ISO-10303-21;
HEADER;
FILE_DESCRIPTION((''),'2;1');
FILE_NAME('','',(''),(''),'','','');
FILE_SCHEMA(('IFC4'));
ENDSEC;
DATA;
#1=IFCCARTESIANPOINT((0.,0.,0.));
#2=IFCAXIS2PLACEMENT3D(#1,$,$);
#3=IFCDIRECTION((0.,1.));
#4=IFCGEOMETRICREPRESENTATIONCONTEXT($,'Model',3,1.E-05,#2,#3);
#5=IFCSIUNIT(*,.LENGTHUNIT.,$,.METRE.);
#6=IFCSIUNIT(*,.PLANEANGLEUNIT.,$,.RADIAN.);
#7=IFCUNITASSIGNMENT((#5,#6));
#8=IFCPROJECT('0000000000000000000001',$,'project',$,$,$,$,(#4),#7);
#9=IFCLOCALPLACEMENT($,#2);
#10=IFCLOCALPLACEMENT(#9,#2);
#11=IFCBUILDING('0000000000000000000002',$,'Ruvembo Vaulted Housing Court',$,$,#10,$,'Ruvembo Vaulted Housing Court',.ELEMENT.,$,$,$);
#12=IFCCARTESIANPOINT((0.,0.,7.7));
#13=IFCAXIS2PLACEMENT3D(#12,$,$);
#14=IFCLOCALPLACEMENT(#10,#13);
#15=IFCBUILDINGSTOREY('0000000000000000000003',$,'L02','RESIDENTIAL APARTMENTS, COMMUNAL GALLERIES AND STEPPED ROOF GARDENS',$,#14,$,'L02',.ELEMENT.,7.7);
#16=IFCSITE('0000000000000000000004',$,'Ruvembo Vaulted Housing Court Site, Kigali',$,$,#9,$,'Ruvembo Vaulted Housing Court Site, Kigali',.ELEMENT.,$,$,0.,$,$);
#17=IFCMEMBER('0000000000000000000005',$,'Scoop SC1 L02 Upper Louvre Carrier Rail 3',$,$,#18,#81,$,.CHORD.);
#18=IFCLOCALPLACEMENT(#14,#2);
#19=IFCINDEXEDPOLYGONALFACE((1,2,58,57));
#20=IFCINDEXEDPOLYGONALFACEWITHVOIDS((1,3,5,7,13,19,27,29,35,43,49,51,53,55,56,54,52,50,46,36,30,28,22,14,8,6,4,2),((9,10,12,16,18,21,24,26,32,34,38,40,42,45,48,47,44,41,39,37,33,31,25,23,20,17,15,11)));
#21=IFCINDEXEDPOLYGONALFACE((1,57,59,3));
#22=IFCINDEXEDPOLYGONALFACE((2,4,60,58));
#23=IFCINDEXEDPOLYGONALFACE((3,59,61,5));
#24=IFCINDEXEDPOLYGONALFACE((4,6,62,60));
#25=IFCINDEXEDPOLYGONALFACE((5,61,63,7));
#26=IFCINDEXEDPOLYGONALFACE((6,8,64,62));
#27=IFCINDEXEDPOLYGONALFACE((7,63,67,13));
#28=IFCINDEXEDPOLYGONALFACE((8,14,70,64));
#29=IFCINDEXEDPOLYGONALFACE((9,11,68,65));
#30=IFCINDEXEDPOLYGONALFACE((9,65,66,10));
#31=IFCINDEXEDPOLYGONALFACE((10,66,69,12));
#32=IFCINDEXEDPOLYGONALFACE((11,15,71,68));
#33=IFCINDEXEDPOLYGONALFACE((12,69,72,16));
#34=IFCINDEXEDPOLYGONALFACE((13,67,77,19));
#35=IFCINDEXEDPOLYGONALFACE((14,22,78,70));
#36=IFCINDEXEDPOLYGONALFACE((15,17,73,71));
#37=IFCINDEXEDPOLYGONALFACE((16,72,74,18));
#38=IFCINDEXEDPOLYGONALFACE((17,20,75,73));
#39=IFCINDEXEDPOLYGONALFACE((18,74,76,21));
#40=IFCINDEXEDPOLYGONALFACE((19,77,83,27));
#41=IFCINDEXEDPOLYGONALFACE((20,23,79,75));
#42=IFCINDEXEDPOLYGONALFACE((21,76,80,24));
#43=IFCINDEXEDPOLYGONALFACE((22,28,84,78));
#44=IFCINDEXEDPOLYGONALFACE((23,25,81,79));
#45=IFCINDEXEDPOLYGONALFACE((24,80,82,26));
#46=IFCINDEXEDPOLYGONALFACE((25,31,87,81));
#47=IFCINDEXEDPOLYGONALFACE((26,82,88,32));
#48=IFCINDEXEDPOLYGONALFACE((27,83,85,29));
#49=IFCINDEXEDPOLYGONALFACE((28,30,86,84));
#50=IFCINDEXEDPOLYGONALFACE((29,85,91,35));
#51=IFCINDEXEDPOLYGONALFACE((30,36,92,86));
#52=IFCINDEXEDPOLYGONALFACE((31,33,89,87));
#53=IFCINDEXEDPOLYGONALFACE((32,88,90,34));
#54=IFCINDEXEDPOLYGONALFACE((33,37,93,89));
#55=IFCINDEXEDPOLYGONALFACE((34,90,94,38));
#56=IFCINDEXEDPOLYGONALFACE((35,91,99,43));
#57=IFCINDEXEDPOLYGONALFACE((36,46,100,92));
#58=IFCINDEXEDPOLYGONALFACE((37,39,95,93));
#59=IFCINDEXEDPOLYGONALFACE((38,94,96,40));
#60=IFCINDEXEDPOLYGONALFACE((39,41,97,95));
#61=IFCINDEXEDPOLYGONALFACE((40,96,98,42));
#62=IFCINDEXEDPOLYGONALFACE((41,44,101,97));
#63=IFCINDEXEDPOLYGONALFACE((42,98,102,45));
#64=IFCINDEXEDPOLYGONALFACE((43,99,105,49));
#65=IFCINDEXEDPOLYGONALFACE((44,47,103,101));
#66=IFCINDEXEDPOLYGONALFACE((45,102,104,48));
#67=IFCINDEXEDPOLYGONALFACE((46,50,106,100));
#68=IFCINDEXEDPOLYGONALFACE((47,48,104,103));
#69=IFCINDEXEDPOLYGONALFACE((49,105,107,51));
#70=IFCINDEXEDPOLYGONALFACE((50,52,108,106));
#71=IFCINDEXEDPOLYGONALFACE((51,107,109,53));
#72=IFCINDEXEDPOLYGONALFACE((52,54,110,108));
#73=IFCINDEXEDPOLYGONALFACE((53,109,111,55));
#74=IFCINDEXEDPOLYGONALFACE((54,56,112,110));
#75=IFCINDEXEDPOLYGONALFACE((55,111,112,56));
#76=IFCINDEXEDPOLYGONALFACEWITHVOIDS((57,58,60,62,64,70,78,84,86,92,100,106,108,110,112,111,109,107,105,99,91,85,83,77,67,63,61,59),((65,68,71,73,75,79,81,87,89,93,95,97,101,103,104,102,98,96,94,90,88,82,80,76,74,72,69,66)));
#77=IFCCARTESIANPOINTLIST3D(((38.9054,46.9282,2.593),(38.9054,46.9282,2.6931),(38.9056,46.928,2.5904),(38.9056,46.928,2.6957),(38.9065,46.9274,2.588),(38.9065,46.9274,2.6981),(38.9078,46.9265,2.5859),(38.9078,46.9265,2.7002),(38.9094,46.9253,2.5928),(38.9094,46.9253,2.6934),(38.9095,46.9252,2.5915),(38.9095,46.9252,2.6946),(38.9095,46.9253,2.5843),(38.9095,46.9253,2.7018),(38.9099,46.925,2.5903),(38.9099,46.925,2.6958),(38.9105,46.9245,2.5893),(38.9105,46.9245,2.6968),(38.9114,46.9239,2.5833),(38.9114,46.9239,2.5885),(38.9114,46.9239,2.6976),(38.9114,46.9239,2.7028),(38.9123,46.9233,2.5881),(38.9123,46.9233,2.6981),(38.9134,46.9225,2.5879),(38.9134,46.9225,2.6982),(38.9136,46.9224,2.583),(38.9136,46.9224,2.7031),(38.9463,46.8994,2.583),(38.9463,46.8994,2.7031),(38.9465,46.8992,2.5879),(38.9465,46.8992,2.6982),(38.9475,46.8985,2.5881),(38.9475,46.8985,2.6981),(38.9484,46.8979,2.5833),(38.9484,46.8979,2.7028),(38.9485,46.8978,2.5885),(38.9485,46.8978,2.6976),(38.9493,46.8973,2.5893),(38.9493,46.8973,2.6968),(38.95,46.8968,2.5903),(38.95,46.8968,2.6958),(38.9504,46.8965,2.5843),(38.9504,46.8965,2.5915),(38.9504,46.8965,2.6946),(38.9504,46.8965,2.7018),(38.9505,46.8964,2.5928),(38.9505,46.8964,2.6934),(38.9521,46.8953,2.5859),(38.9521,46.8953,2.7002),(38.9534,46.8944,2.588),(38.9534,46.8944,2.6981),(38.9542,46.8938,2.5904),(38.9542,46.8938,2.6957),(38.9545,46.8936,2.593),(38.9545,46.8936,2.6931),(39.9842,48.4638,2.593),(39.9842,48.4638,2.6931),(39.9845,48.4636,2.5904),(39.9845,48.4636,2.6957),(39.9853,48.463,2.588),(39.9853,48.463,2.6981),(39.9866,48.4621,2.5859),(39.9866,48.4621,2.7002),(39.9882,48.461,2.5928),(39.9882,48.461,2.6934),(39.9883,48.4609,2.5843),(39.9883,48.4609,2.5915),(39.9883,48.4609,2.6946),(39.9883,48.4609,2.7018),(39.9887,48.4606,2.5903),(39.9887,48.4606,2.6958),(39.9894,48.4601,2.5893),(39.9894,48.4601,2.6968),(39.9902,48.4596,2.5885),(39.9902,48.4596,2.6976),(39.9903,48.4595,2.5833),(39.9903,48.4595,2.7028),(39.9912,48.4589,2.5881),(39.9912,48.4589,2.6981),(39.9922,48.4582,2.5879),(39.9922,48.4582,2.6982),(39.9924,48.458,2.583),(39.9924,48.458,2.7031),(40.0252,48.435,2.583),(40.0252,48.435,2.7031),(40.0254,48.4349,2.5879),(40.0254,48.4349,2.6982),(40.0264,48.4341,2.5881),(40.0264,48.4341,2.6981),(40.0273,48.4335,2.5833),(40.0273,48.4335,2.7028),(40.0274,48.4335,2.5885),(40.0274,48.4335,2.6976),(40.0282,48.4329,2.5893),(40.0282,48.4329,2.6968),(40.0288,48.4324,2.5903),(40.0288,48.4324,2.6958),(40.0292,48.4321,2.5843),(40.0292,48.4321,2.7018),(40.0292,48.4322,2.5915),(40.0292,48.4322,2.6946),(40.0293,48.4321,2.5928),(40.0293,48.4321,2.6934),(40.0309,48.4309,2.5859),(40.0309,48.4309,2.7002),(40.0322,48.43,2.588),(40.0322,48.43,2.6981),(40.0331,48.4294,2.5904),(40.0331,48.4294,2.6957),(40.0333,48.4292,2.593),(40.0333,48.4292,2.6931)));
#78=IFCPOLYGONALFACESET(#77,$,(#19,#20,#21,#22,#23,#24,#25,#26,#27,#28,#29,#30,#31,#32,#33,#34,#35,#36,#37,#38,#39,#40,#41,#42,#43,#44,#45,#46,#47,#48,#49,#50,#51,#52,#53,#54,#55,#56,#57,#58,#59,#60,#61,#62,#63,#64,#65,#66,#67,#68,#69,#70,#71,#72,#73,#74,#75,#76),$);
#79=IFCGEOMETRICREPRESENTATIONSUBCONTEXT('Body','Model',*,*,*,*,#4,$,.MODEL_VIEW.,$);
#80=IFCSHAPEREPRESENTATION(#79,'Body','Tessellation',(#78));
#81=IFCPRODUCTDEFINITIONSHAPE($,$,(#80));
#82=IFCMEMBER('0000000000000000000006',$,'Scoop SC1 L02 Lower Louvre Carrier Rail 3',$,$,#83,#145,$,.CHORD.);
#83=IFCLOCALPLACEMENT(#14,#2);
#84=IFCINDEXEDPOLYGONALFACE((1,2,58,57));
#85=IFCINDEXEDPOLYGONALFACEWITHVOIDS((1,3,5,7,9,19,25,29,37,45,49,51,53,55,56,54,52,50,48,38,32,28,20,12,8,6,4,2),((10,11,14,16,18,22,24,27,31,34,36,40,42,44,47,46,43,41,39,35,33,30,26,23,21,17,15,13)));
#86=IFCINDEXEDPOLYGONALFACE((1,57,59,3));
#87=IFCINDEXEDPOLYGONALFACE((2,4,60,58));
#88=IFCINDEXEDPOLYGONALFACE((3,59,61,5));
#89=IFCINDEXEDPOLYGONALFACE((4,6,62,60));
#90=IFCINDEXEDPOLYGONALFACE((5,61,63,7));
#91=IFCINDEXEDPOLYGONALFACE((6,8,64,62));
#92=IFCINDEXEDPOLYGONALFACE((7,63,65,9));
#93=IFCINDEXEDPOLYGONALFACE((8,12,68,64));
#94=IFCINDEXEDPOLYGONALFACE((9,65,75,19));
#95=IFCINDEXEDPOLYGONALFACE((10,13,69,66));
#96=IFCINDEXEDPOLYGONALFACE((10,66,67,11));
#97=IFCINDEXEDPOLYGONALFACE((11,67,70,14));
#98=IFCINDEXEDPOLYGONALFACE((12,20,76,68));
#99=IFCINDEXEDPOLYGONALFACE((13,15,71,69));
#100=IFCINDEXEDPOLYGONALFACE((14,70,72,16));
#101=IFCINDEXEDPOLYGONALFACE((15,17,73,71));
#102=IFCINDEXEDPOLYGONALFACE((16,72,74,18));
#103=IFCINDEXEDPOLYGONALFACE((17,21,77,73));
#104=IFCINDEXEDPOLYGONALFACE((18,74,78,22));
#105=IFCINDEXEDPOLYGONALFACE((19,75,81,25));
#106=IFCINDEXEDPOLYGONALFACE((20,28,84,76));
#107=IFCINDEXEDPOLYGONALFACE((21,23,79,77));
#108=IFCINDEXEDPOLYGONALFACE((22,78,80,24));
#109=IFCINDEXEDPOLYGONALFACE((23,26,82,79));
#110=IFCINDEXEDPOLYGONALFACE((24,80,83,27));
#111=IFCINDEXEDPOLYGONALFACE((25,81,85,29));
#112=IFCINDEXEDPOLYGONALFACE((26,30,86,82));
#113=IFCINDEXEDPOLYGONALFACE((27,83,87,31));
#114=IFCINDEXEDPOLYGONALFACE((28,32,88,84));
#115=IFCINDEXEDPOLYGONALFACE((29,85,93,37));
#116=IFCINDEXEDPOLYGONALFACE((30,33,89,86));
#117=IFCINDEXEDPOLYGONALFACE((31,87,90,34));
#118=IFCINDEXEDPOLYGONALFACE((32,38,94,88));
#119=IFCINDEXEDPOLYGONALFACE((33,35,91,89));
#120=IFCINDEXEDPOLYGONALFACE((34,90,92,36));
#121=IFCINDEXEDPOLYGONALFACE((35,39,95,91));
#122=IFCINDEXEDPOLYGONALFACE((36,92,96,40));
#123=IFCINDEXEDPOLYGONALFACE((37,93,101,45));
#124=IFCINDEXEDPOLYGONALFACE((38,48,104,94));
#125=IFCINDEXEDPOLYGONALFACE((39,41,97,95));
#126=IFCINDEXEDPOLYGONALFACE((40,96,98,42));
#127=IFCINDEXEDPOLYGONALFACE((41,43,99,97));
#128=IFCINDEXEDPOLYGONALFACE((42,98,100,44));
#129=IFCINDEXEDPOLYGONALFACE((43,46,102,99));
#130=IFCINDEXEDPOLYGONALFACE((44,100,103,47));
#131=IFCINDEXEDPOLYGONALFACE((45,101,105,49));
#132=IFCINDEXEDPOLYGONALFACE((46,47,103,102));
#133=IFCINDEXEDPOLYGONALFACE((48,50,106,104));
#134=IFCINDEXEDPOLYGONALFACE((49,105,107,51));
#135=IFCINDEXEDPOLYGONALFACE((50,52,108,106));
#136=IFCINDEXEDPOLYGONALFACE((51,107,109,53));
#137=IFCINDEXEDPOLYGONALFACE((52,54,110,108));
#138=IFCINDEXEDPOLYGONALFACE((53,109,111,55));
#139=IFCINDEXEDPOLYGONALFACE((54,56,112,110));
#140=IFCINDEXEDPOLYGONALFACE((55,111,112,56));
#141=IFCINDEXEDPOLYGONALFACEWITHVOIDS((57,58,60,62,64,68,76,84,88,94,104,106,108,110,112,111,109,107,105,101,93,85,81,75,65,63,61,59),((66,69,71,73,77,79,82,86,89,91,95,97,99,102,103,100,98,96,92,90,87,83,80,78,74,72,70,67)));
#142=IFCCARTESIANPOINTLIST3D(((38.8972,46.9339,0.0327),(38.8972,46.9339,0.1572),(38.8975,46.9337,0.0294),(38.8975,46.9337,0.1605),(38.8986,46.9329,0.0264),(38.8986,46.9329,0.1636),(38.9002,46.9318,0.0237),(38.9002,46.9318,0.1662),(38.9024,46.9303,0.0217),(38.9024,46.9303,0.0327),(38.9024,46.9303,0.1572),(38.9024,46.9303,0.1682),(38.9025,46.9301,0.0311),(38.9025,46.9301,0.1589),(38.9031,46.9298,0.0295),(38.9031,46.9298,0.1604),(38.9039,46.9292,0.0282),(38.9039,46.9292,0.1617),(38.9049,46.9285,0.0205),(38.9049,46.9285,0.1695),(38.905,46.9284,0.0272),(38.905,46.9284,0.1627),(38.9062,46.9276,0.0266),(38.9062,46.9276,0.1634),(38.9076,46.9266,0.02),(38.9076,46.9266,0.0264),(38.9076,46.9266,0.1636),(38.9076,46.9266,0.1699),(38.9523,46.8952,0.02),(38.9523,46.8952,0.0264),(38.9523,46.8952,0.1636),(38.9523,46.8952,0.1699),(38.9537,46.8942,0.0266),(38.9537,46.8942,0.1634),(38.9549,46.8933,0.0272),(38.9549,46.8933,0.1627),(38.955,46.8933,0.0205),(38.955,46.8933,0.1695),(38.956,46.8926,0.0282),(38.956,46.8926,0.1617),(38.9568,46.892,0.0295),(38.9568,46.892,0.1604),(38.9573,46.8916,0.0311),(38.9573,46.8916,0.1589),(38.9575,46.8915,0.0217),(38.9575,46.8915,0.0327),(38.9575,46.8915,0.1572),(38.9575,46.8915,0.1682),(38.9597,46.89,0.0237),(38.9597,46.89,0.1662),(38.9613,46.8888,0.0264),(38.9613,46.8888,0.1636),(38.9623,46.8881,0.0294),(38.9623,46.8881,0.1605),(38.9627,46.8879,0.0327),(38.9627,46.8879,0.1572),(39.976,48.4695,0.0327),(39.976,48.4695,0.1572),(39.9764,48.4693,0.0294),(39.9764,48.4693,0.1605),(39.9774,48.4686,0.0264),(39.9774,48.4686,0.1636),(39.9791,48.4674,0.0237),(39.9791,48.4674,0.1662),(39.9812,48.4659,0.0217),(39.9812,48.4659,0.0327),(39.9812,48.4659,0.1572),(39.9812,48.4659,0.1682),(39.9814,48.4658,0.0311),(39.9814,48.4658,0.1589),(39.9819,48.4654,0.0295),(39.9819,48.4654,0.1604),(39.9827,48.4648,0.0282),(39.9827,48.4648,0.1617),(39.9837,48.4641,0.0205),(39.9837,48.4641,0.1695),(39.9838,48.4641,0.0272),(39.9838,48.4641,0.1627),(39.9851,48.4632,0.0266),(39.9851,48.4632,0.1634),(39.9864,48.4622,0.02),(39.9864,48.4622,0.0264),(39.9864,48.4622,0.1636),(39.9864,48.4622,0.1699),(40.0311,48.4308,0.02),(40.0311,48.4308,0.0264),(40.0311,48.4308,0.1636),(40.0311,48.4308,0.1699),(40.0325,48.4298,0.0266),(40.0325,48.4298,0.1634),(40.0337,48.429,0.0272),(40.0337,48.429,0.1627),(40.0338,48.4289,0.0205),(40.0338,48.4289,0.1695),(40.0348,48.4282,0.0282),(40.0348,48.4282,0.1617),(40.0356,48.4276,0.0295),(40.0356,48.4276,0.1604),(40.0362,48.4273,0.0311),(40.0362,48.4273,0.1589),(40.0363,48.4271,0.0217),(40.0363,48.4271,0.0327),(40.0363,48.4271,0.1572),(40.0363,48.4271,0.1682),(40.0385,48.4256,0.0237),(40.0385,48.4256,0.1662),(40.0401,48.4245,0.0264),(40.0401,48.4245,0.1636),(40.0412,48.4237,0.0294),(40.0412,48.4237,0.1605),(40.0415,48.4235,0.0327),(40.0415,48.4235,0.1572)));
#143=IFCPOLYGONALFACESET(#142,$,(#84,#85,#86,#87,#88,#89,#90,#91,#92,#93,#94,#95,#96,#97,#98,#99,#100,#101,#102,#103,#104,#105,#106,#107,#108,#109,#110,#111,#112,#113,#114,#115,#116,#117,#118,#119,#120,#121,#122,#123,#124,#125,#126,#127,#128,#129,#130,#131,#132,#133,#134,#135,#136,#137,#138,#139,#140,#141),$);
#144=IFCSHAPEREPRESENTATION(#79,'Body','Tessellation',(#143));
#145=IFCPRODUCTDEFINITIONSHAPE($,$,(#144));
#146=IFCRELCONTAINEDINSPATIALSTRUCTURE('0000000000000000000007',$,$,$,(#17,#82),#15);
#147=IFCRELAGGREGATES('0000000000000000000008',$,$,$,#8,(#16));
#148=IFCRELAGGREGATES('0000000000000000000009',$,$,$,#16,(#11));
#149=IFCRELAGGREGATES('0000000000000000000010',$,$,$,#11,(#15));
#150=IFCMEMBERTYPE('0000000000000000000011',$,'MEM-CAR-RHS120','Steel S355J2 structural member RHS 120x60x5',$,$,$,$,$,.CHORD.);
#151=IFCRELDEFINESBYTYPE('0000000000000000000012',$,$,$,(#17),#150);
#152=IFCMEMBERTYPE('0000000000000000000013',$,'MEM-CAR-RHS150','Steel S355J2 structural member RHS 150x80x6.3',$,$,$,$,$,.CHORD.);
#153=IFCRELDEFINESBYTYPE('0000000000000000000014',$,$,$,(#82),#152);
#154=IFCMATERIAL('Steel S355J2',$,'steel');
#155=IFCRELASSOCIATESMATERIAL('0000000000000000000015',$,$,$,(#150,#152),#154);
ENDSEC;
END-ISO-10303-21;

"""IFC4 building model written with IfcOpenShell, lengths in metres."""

from ifc_helpers import new_model, si_unit, direction, frame, origin, origin_2d, place, context, subcontext, project, spatial, hollow_rectangle, extrude, material, material_profile, profile_set, type_object, element, save


model = new_model("IFC4")

# Units and contexts
model_context = context("Model", 3, precision=1e-05, world=origin(), true_north=direction((0.0, 1.0)))
body_context = subcontext(model_context, "Body", "Model", "MODEL_VIEW")
ifc_project = project(units=[si_unit("LENGTHUNIT", "METRE"), si_unit("PLANEANGLEUNIT", "RADIAN")], contexts=[model_context])

# Site, building, storey
site_placement = place(None, origin())
site = spatial("IfcSite", under=ifc_project, at=site_placement, Name="Ruvembo Vaulted Housing Court Site, Kigali", LongName="Ruvembo Vaulted Housing Court Site, Kigali", CompositionType="ELEMENT", RefElevation=0.0)
building_placement = place(site_placement, origin())
building = spatial("IfcBuilding", under=site, at=building_placement, Name="Ruvembo Vaulted Housing Court", LongName="Ruvembo Vaulted Housing Court", CompositionType="ELEMENT")
storey_placement = place(building_placement, frame((0.0, 0.0, 7.7)))
storey = spatial("IfcBuildingStorey", under=building, at=storey_placement, Name="L02", Description="RESIDENTIAL APARTMENTS, COMMUNAL GALLERIES AND STEPPED ROOF GARDENS", LongName="L02", CompositionType="ELEMENT", Elevation=7.7)

# Shared definitions
ifc_material_1 = material(Name="Steel S355J2", Category="steel")

# Members
ifc_material_profile_1 = material_profile(ifc_material_1, hollow_rectangle(XDim=0.0601, YDim=0.1201, WallThickness=0.0049, InnerFilletRadius=0.0049, OuterFilletRadius=0.01, at=origin_2d()), Name="RHS 120x60x5")
ifc_profile_set_1 = profile_set([ifc_material_profile_1], Name="Steel S355J2")
member_type_1 = type_object("IfcMemberType", Name="MEM-CAR-RHS120", Description="Steel S355J2 structural member RHS 120x60x5", PredefinedType="CHORD", material=ifc_profile_set_1)
member_1_placement = place(storey_placement, frame((38.9299, 46.9109, 2.6431), z_axis=(0.574858, 0.818253, 0.0), x_axis=(-0.818253, 0.574858, 0.0)))
element("IfcMember", 1, at=member_1_placement, inside=storey, type_object=member_type_1, Name="Scoop SC1 L02 Upper Louvre Carrier Rail 3", PredefinedType="CHORD", context=body_context, shape_type="SweptSolid", body=[
    extrude(hollow_rectangle(XDim=0.0601, YDim=0.1201, WallThickness=0.0049, InnerFilletRadius=0.0049, OuterFilletRadius=0.01, at=origin_2d()), origin(), (0.0, 0.0, 1.0), 1.8767),
])
ifc_material_profile_2 = material_profile(ifc_material_1, hollow_rectangle(XDim=0.0801, YDim=0.1499, WallThickness=0.0063, InnerFilletRadius=0.0063, OuterFilletRadius=0.0127, at=origin_2d()), Name="RHS 150x80x6.3")
ifc_profile_set_2 = profile_set([ifc_material_profile_2], Name="Steel S355J2")
member_type_2 = type_object("IfcMemberType", Name="MEM-CAR-RHS150", Description="Steel S355J2 structural member RHS 150x80x6.3", PredefinedType="CHORD", material=ifc_profile_set_2)
member_2_placement = place(storey_placement, frame((38.9299, 46.9109, 0.095), z_axis=(0.574858, 0.818253, 0.0), x_axis=(-0.818253, 0.574858, 0.0)))
element("IfcMember", 2, at=member_2_placement, inside=storey, type_object=member_type_2, Name="Scoop SC1 L02 Lower Louvre Carrier Rail 3", PredefinedType="CHORD", context=body_context, shape_type="SweptSolid", body=[
    extrude(hollow_rectangle(XDim=0.0801, YDim=0.1499, WallThickness=0.0063, InnerFilletRadius=0.0063, OuterFilletRadius=0.0127, at=origin_2d()), origin(), (0.0, 0.0, 1.0), 1.8767),
])

save(model, "model.ifc")
